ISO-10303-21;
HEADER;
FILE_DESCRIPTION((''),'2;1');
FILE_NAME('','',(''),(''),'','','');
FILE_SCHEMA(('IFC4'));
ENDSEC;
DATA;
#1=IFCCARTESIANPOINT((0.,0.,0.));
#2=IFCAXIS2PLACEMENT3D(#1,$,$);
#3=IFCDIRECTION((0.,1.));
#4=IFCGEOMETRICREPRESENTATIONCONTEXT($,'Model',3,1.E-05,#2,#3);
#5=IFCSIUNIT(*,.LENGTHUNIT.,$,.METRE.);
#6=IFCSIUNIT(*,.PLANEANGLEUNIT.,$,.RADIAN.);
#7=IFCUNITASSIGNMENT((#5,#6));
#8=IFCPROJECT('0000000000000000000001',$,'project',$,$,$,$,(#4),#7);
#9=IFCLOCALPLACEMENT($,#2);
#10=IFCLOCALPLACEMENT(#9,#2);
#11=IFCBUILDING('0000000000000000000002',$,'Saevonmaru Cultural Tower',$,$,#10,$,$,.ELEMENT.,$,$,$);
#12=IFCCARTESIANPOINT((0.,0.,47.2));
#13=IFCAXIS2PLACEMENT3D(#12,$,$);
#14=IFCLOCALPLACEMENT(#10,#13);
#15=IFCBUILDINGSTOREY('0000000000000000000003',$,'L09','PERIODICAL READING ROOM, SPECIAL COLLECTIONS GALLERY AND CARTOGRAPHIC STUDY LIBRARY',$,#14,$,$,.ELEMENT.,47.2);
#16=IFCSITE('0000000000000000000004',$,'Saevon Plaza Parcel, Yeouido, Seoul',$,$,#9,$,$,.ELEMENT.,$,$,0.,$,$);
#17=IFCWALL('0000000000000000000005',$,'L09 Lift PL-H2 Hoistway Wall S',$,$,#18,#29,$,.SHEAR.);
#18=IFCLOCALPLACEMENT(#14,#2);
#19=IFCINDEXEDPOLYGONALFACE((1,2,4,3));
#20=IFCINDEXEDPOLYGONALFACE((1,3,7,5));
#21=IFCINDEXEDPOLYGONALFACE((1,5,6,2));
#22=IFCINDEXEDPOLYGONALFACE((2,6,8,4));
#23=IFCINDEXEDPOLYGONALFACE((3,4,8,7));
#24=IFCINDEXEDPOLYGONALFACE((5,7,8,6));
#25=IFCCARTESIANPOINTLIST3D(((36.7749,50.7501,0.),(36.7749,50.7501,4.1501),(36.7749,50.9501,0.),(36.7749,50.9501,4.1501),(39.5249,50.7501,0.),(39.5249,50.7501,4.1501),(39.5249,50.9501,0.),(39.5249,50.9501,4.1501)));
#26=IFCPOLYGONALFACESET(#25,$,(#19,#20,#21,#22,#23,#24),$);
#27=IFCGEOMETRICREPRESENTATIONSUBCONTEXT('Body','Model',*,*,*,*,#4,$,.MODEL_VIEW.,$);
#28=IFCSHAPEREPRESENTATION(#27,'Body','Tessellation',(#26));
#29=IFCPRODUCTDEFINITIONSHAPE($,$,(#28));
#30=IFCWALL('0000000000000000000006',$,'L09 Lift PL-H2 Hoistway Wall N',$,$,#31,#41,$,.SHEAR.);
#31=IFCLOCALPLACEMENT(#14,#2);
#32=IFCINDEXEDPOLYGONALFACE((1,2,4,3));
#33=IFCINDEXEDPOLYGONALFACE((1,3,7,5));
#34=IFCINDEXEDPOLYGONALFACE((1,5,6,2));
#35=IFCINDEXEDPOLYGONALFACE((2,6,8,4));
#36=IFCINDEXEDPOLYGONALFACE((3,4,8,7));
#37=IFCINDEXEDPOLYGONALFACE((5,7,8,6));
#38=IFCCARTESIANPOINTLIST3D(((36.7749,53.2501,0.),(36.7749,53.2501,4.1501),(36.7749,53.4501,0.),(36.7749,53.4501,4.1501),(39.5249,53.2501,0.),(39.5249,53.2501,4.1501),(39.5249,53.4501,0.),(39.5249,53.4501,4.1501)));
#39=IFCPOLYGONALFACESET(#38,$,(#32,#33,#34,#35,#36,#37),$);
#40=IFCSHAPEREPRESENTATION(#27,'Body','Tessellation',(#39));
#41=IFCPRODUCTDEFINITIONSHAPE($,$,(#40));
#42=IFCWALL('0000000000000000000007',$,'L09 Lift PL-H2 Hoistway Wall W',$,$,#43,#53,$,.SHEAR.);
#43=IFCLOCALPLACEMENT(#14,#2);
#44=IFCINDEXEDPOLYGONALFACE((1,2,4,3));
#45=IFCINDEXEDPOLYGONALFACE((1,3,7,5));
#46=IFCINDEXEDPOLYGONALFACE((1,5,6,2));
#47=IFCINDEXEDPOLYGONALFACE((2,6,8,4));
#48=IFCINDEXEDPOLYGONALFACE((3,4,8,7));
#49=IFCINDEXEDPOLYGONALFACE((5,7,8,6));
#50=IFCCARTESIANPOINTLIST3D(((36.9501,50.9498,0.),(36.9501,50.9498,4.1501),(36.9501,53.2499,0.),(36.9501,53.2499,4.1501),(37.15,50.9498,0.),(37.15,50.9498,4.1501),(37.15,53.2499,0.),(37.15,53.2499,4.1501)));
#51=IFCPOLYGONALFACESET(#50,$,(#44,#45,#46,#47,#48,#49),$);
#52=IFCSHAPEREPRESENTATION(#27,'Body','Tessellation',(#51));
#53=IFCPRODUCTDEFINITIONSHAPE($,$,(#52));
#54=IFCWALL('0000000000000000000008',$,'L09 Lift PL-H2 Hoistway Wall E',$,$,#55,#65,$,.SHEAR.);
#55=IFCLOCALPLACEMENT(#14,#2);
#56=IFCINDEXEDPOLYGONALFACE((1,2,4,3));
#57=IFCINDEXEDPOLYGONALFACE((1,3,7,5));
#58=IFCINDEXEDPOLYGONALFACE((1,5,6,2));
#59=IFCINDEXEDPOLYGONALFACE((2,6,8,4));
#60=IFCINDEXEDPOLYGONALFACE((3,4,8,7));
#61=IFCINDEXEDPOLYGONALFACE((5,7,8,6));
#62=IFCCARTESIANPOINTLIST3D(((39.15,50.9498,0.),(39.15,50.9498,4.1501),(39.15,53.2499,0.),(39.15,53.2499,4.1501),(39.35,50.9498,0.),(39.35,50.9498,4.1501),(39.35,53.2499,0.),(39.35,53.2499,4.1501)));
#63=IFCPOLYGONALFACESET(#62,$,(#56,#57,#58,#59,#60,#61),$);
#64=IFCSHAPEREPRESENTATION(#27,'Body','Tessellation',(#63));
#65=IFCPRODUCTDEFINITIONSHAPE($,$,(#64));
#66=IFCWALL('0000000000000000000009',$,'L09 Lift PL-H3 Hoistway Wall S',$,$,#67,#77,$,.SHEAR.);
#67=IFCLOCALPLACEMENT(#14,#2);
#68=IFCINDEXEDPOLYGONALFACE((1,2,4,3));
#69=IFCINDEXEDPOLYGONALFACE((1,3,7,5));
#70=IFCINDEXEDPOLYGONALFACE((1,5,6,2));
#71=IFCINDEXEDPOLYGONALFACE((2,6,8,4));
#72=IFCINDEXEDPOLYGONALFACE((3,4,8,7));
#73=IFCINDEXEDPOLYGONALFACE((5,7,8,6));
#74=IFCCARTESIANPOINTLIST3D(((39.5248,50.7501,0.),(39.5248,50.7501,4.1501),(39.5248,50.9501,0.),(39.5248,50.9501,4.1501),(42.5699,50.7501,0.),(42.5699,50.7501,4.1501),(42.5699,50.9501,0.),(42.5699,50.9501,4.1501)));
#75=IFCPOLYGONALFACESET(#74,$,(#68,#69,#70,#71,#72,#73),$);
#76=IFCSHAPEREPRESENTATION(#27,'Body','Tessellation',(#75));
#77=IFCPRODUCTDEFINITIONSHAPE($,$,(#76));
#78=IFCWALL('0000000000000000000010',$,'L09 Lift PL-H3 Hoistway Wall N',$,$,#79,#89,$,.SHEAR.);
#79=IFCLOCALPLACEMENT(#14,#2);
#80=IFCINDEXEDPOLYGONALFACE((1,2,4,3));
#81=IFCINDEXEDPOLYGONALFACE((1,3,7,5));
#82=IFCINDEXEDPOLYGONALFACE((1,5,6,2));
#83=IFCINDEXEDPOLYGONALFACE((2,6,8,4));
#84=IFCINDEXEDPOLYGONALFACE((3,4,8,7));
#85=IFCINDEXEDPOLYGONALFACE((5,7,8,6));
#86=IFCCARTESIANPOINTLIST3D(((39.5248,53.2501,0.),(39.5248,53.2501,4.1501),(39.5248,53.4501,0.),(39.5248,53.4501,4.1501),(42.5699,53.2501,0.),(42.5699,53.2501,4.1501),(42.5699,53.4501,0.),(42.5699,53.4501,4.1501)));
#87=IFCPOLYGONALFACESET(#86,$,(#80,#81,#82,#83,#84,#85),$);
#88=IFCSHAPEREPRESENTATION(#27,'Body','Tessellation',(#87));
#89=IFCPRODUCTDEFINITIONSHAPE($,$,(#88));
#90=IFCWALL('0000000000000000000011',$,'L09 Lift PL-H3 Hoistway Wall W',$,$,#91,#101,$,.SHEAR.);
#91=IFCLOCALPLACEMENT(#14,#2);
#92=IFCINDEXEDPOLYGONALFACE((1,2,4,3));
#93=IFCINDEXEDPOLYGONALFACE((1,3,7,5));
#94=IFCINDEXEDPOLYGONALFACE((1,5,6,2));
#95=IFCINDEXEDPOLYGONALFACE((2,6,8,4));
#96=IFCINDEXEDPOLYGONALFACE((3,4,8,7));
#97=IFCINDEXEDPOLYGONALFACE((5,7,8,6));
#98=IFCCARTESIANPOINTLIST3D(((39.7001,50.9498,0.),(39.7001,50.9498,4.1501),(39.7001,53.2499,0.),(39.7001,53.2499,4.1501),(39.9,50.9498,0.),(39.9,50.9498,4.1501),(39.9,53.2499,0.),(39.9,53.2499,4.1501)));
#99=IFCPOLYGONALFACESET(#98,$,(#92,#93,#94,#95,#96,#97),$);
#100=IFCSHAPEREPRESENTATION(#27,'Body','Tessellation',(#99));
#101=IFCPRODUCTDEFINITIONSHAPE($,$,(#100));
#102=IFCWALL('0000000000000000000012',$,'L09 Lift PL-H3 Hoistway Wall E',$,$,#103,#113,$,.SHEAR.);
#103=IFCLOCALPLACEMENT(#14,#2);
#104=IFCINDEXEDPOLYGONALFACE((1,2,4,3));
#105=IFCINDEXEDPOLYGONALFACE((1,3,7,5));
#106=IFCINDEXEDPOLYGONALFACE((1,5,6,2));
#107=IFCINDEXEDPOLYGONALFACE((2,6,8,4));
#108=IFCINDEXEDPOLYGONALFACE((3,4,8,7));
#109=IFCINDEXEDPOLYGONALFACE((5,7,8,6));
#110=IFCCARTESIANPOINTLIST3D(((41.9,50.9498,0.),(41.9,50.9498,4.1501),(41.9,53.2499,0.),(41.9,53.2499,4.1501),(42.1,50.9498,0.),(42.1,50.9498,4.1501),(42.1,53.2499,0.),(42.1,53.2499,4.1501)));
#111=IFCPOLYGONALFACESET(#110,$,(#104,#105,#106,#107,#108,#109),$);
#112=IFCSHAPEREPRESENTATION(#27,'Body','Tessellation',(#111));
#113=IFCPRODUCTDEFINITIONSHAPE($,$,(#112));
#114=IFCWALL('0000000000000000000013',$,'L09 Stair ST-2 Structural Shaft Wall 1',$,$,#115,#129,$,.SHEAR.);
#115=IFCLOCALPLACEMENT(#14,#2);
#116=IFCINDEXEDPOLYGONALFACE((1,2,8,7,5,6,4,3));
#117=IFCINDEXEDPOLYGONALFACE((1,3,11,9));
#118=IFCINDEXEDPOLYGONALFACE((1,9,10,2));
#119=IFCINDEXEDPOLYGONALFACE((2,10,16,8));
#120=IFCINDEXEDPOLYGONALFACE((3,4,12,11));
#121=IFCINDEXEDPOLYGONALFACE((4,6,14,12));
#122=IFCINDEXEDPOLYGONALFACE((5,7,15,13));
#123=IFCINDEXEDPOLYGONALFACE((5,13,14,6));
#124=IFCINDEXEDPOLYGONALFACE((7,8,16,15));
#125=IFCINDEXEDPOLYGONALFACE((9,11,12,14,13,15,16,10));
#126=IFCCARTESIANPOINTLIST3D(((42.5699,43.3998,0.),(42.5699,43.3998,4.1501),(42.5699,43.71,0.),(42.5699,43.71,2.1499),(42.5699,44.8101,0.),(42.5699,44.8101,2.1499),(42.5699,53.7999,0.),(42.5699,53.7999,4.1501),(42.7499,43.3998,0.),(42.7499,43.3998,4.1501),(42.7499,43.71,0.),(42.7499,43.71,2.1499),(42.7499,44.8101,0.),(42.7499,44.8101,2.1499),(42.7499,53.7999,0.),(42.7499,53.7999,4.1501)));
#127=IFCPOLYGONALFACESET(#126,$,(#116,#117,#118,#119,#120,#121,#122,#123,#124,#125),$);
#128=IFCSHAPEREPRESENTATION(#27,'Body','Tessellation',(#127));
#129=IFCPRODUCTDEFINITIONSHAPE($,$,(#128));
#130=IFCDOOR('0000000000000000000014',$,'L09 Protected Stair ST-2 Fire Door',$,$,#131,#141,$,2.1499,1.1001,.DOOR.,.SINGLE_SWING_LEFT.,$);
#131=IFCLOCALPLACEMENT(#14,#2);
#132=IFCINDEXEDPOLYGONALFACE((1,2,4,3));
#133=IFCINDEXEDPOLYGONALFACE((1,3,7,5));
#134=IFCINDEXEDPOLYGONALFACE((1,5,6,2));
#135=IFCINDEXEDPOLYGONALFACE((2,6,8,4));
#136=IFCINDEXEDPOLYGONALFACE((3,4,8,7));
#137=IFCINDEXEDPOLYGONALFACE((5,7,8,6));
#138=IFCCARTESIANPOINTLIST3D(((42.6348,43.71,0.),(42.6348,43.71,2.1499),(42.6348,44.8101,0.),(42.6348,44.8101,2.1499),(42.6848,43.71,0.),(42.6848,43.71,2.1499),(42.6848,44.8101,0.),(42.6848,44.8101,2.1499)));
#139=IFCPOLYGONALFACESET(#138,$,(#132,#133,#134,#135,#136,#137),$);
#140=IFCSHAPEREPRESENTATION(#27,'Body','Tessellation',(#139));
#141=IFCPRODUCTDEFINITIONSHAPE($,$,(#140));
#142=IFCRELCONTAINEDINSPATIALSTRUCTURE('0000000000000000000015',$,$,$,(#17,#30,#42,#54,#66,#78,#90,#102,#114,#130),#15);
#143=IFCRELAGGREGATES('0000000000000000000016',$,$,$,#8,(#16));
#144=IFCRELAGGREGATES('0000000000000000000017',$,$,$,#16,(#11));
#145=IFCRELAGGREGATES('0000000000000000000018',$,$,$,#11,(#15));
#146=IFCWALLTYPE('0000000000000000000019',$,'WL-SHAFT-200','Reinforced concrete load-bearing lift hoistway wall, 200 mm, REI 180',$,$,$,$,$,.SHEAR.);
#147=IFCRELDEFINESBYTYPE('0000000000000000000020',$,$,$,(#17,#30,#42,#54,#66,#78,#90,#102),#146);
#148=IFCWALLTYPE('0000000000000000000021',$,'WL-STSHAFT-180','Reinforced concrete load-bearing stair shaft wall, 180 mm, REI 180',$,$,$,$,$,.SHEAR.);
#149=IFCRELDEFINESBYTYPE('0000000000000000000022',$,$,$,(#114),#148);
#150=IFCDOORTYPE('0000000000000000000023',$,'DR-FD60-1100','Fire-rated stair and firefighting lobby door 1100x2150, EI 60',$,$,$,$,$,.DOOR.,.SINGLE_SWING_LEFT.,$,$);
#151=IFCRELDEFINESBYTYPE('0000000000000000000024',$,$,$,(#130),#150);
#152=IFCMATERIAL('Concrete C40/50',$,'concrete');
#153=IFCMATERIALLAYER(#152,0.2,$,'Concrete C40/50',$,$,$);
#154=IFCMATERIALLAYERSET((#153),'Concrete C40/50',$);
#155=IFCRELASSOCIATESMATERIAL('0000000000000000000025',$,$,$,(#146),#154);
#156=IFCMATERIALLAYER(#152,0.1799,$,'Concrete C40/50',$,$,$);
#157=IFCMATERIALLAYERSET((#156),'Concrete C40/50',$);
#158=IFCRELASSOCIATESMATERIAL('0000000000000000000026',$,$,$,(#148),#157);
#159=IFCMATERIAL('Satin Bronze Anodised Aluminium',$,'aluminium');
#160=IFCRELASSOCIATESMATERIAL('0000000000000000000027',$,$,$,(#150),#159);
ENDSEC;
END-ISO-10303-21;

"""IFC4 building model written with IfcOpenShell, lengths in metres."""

from ifc_helpers import new_model, si_unit, direction, frame, frame_2d, origin, place, context, subcontext, project, spatial, rectangle, extrude, material, layer, layer_set, type_object, element, fill, save


model = new_model("IFC4")

# Units and contexts
model_context = context("Model", 3, precision=1e-05, world=origin(), true_north=direction((0.0, 1.0)))
body_context = subcontext(model_context, "Body", "Model", "MODEL_VIEW")
ifc_project = project(units=[si_unit("LENGTHUNIT", "METRE"), si_unit("PLANEANGLEUNIT", "RADIAN")], contexts=[model_context])

# Site, building, storey
site_placement = place(None, origin())
site = spatial("IfcSite", under=ifc_project, at=site_placement, Name="Saevon Plaza Parcel, Yeouido, Seoul", CompositionType="ELEMENT", RefElevation=0.0)
building_placement = place(site_placement, origin())
building = spatial("IfcBuilding", under=site, at=building_placement, Name="Saevonmaru Cultural Tower", CompositionType="ELEMENT")
storey_placement = place(building_placement, frame((0.0, 0.0, 47.2)))
storey = spatial("IfcBuildingStorey", under=building, at=storey_placement, Name="L09", Description="PERIODICAL READING ROOM, SPECIAL COLLECTIONS GALLERY AND CARTOGRAPHIC STUDY LIBRARY", CompositionType="ELEMENT", Elevation=47.2)

# Shared definitions
ifc_material_1 = material(Name="Satin Bronze Anodised Aluminium", Category="aluminium")

# Shared definitions
ifc_material_2 = material(Name="Concrete C40/50", Category="concrete")
ifc_layer_1 = layer(ifc_material_2, 0.2, Name="Concrete C40/50")
ifc_layer_set_1 = layer_set([ifc_layer_1], Name="Concrete C40/50")
wall_type_1 = type_object("IfcWallType", Name="WL-SHAFT-200", Description="Reinforced concrete load-bearing lift hoistway wall, 200 mm, REI 180", PredefinedType="SHEAR", material=ifc_layer_set_1)

# Walls
for number, where, z_axis, x_axis, name in (
    (1, (36.7749, 50.8501, 0.0), (0.0, 0.0, 1.0), (1.0, 0.0, 0.0), "L09 Lift PL-H2 Hoistway Wall S"),
    (2, (36.7749, 53.3501, 0.0), (0.0, 0.0, 1.0), (1.0, 0.0, 0.0), "L09 Lift PL-H2 Hoistway Wall N"),
):
    element("IfcWall", number, at=place(storey_placement, frame(where, z_axis=z_axis, x_axis=x_axis)), inside=storey, type_object=wall_type_1, Name=name, PredefinedType="SHEAR", context=body_context, shape_type="SweptSolid", body=[
        extrude(rectangle(XDim=2.75, YDim=0.2, at=frame_2d((1.375, 0.0))), origin(), (0.0, 0.0, 1.0), 4.1501),
    ])
for number, where, z_axis, x_axis, name in (
    (3, (37.05, 50.95, 0.0), (0.0, 0.0, 1.0), (0.0, 1.0, 0.0), "L09 Lift PL-H2 Hoistway Wall W"),
    (4, (39.25, 50.95, 0.0), (0.0, 0.0, 1.0), (0.0, 1.0, 0.0), "L09 Lift PL-H2 Hoistway Wall E"),
):
    element("IfcWall", number, at=place(storey_placement, frame(where, z_axis=z_axis, x_axis=x_axis)), inside=storey, type_object=wall_type_1, Name=name, PredefinedType="SHEAR", context=body_context, shape_type="SweptSolid", body=[
        extrude(rectangle(XDim=2.3, YDim=0.2, at=frame_2d((1.1499, 0.0))), origin(), (0.0, 0.0, 1.0), 4.1501),
    ])
for number, where, z_axis, x_axis, name in (
    (5, (39.5249, 50.8501, 0.0), (0.0, 0.0, 1.0), (1.0, 0.0, 0.0), "L09 Lift PL-H3 Hoistway Wall S"),
    (6, (39.5249, 53.3501, 0.0), (0.0, 0.0, 1.0), (1.0, 0.0, 0.0), "L09 Lift PL-H3 Hoistway Wall N"),
):
    element("IfcWall", number, at=place(storey_placement, frame(where, z_axis=z_axis, x_axis=x_axis)), inside=storey, type_object=wall_type_1, Name=name, PredefinedType="SHEAR", context=body_context, shape_type="SweptSolid", body=[
        extrude(rectangle(XDim=3.0452, YDim=0.2, at=frame_2d((1.5225, 0.0))), origin(), (0.0, 0.0, 1.0), 4.1501),
    ])
for number, where, z_axis, x_axis, name in (
    (7, (39.8, 50.95, 0.0), (0.0, 0.0, 1.0), (0.0, 1.0, 0.0), "L09 Lift PL-H3 Hoistway Wall W"),
    (8, (42.0, 50.95, 0.0), (0.0, 0.0, 1.0), (0.0, 1.0, 0.0), "L09 Lift PL-H3 Hoistway Wall E"),
):
    element("IfcWall", number, at=place(storey_placement, frame(where, z_axis=z_axis, x_axis=x_axis)), inside=storey, type_object=wall_type_1, Name=name, PredefinedType="SHEAR", context=body_context, shape_type="SweptSolid", body=[
        extrude(rectangle(XDim=2.3, YDim=0.2, at=frame_2d((1.1499, 0.0))), origin(), (0.0, 0.0, 1.0), 4.1501),
    ])

# Wall, opening, door
ifc_layer_2 = layer(ifc_material_2, 0.1799, Name="Concrete C40/50")
ifc_layer_set_2 = layer_set([ifc_layer_2], Name="Concrete C40/50")
wall_type_2 = type_object("IfcWallType", Name="WL-STSHAFT-180", Description="Reinforced concrete load-bearing stair shaft wall, 180 mm, REI 180", PredefinedType="SHEAR", material=ifc_layer_set_2)
wall_1_placement = place(storey_placement, frame((42.6599, 53.8, 0.0), z_axis=(0.0, 0.0, 1.0), x_axis=(0.0, -1.0, 0.0)))
wall_1 = element("IfcWall", 9, at=wall_1_placement, inside=storey, type_object=wall_type_2, Name="L09 Stair ST-2 Structural Shaft Wall 1", PredefinedType="SHEAR", context=body_context, shape_type="SweptSolid", body=[
    extrude(rectangle(XDim=10.4001, YDim=0.1799, at=frame_2d((5.2002, 0.0))), origin(), (0.0, 0.0, 1.0), 4.1501),
])
opening_1_placement = place(wall_1_placement, frame((8.99, 0.0, 0.0)))
opening_1 = element("IfcOpeningElement", 10, at=opening_1_placement, cuts=wall_1, PredefinedType="OPENING", context=body_context, shape_type="SweptSolid", body=[
    extrude(rectangle(XDim=1.1001, YDim=2.1499, at=frame_2d((0.55, 1.075))), frame((0.0, 0.1001, 0.0), z_axis=(0.0, -1.0, 0.0), x_axis=(1.0, 0.0, 0.0)), (0.0, 0.0, 1.0), 0.2),
])
door_type_1 = type_object("IfcDoorType", Name="DR-FD60-1100", Description="Fire-rated stair and firefighting lobby door 1100x2150, EI 60", OperationType="SINGLE_SWING_LEFT", PredefinedType="DOOR", material=ifc_material_1)
door_1_placement = place(opening_1_placement, origin())
door_1 = element("IfcDoor", 11, at=door_1_placement, inside=storey, type_object=door_type_1, Name="L09 Protected Stair ST-2 Fire Door", OperationType="SINGLE_SWING_LEFT", OverallHeight=2.1499, OverallWidth=1.1001, PredefinedType="DOOR", context=body_context, shape_type="SweptSolid", body=[
    extrude(rectangle(XDim=1.1001, YDim=2.1499, at=frame_2d((0.55, 1.075))), frame((0.0, 0.0249, 0.0), z_axis=(0.0, -1.0, 0.0), x_axis=(1.0, 0.0, 0.0)), (0.0, 0.0, 1.0), 0.05),
])
fill(opening_1, door_1)

save(model, "model.ifc")
